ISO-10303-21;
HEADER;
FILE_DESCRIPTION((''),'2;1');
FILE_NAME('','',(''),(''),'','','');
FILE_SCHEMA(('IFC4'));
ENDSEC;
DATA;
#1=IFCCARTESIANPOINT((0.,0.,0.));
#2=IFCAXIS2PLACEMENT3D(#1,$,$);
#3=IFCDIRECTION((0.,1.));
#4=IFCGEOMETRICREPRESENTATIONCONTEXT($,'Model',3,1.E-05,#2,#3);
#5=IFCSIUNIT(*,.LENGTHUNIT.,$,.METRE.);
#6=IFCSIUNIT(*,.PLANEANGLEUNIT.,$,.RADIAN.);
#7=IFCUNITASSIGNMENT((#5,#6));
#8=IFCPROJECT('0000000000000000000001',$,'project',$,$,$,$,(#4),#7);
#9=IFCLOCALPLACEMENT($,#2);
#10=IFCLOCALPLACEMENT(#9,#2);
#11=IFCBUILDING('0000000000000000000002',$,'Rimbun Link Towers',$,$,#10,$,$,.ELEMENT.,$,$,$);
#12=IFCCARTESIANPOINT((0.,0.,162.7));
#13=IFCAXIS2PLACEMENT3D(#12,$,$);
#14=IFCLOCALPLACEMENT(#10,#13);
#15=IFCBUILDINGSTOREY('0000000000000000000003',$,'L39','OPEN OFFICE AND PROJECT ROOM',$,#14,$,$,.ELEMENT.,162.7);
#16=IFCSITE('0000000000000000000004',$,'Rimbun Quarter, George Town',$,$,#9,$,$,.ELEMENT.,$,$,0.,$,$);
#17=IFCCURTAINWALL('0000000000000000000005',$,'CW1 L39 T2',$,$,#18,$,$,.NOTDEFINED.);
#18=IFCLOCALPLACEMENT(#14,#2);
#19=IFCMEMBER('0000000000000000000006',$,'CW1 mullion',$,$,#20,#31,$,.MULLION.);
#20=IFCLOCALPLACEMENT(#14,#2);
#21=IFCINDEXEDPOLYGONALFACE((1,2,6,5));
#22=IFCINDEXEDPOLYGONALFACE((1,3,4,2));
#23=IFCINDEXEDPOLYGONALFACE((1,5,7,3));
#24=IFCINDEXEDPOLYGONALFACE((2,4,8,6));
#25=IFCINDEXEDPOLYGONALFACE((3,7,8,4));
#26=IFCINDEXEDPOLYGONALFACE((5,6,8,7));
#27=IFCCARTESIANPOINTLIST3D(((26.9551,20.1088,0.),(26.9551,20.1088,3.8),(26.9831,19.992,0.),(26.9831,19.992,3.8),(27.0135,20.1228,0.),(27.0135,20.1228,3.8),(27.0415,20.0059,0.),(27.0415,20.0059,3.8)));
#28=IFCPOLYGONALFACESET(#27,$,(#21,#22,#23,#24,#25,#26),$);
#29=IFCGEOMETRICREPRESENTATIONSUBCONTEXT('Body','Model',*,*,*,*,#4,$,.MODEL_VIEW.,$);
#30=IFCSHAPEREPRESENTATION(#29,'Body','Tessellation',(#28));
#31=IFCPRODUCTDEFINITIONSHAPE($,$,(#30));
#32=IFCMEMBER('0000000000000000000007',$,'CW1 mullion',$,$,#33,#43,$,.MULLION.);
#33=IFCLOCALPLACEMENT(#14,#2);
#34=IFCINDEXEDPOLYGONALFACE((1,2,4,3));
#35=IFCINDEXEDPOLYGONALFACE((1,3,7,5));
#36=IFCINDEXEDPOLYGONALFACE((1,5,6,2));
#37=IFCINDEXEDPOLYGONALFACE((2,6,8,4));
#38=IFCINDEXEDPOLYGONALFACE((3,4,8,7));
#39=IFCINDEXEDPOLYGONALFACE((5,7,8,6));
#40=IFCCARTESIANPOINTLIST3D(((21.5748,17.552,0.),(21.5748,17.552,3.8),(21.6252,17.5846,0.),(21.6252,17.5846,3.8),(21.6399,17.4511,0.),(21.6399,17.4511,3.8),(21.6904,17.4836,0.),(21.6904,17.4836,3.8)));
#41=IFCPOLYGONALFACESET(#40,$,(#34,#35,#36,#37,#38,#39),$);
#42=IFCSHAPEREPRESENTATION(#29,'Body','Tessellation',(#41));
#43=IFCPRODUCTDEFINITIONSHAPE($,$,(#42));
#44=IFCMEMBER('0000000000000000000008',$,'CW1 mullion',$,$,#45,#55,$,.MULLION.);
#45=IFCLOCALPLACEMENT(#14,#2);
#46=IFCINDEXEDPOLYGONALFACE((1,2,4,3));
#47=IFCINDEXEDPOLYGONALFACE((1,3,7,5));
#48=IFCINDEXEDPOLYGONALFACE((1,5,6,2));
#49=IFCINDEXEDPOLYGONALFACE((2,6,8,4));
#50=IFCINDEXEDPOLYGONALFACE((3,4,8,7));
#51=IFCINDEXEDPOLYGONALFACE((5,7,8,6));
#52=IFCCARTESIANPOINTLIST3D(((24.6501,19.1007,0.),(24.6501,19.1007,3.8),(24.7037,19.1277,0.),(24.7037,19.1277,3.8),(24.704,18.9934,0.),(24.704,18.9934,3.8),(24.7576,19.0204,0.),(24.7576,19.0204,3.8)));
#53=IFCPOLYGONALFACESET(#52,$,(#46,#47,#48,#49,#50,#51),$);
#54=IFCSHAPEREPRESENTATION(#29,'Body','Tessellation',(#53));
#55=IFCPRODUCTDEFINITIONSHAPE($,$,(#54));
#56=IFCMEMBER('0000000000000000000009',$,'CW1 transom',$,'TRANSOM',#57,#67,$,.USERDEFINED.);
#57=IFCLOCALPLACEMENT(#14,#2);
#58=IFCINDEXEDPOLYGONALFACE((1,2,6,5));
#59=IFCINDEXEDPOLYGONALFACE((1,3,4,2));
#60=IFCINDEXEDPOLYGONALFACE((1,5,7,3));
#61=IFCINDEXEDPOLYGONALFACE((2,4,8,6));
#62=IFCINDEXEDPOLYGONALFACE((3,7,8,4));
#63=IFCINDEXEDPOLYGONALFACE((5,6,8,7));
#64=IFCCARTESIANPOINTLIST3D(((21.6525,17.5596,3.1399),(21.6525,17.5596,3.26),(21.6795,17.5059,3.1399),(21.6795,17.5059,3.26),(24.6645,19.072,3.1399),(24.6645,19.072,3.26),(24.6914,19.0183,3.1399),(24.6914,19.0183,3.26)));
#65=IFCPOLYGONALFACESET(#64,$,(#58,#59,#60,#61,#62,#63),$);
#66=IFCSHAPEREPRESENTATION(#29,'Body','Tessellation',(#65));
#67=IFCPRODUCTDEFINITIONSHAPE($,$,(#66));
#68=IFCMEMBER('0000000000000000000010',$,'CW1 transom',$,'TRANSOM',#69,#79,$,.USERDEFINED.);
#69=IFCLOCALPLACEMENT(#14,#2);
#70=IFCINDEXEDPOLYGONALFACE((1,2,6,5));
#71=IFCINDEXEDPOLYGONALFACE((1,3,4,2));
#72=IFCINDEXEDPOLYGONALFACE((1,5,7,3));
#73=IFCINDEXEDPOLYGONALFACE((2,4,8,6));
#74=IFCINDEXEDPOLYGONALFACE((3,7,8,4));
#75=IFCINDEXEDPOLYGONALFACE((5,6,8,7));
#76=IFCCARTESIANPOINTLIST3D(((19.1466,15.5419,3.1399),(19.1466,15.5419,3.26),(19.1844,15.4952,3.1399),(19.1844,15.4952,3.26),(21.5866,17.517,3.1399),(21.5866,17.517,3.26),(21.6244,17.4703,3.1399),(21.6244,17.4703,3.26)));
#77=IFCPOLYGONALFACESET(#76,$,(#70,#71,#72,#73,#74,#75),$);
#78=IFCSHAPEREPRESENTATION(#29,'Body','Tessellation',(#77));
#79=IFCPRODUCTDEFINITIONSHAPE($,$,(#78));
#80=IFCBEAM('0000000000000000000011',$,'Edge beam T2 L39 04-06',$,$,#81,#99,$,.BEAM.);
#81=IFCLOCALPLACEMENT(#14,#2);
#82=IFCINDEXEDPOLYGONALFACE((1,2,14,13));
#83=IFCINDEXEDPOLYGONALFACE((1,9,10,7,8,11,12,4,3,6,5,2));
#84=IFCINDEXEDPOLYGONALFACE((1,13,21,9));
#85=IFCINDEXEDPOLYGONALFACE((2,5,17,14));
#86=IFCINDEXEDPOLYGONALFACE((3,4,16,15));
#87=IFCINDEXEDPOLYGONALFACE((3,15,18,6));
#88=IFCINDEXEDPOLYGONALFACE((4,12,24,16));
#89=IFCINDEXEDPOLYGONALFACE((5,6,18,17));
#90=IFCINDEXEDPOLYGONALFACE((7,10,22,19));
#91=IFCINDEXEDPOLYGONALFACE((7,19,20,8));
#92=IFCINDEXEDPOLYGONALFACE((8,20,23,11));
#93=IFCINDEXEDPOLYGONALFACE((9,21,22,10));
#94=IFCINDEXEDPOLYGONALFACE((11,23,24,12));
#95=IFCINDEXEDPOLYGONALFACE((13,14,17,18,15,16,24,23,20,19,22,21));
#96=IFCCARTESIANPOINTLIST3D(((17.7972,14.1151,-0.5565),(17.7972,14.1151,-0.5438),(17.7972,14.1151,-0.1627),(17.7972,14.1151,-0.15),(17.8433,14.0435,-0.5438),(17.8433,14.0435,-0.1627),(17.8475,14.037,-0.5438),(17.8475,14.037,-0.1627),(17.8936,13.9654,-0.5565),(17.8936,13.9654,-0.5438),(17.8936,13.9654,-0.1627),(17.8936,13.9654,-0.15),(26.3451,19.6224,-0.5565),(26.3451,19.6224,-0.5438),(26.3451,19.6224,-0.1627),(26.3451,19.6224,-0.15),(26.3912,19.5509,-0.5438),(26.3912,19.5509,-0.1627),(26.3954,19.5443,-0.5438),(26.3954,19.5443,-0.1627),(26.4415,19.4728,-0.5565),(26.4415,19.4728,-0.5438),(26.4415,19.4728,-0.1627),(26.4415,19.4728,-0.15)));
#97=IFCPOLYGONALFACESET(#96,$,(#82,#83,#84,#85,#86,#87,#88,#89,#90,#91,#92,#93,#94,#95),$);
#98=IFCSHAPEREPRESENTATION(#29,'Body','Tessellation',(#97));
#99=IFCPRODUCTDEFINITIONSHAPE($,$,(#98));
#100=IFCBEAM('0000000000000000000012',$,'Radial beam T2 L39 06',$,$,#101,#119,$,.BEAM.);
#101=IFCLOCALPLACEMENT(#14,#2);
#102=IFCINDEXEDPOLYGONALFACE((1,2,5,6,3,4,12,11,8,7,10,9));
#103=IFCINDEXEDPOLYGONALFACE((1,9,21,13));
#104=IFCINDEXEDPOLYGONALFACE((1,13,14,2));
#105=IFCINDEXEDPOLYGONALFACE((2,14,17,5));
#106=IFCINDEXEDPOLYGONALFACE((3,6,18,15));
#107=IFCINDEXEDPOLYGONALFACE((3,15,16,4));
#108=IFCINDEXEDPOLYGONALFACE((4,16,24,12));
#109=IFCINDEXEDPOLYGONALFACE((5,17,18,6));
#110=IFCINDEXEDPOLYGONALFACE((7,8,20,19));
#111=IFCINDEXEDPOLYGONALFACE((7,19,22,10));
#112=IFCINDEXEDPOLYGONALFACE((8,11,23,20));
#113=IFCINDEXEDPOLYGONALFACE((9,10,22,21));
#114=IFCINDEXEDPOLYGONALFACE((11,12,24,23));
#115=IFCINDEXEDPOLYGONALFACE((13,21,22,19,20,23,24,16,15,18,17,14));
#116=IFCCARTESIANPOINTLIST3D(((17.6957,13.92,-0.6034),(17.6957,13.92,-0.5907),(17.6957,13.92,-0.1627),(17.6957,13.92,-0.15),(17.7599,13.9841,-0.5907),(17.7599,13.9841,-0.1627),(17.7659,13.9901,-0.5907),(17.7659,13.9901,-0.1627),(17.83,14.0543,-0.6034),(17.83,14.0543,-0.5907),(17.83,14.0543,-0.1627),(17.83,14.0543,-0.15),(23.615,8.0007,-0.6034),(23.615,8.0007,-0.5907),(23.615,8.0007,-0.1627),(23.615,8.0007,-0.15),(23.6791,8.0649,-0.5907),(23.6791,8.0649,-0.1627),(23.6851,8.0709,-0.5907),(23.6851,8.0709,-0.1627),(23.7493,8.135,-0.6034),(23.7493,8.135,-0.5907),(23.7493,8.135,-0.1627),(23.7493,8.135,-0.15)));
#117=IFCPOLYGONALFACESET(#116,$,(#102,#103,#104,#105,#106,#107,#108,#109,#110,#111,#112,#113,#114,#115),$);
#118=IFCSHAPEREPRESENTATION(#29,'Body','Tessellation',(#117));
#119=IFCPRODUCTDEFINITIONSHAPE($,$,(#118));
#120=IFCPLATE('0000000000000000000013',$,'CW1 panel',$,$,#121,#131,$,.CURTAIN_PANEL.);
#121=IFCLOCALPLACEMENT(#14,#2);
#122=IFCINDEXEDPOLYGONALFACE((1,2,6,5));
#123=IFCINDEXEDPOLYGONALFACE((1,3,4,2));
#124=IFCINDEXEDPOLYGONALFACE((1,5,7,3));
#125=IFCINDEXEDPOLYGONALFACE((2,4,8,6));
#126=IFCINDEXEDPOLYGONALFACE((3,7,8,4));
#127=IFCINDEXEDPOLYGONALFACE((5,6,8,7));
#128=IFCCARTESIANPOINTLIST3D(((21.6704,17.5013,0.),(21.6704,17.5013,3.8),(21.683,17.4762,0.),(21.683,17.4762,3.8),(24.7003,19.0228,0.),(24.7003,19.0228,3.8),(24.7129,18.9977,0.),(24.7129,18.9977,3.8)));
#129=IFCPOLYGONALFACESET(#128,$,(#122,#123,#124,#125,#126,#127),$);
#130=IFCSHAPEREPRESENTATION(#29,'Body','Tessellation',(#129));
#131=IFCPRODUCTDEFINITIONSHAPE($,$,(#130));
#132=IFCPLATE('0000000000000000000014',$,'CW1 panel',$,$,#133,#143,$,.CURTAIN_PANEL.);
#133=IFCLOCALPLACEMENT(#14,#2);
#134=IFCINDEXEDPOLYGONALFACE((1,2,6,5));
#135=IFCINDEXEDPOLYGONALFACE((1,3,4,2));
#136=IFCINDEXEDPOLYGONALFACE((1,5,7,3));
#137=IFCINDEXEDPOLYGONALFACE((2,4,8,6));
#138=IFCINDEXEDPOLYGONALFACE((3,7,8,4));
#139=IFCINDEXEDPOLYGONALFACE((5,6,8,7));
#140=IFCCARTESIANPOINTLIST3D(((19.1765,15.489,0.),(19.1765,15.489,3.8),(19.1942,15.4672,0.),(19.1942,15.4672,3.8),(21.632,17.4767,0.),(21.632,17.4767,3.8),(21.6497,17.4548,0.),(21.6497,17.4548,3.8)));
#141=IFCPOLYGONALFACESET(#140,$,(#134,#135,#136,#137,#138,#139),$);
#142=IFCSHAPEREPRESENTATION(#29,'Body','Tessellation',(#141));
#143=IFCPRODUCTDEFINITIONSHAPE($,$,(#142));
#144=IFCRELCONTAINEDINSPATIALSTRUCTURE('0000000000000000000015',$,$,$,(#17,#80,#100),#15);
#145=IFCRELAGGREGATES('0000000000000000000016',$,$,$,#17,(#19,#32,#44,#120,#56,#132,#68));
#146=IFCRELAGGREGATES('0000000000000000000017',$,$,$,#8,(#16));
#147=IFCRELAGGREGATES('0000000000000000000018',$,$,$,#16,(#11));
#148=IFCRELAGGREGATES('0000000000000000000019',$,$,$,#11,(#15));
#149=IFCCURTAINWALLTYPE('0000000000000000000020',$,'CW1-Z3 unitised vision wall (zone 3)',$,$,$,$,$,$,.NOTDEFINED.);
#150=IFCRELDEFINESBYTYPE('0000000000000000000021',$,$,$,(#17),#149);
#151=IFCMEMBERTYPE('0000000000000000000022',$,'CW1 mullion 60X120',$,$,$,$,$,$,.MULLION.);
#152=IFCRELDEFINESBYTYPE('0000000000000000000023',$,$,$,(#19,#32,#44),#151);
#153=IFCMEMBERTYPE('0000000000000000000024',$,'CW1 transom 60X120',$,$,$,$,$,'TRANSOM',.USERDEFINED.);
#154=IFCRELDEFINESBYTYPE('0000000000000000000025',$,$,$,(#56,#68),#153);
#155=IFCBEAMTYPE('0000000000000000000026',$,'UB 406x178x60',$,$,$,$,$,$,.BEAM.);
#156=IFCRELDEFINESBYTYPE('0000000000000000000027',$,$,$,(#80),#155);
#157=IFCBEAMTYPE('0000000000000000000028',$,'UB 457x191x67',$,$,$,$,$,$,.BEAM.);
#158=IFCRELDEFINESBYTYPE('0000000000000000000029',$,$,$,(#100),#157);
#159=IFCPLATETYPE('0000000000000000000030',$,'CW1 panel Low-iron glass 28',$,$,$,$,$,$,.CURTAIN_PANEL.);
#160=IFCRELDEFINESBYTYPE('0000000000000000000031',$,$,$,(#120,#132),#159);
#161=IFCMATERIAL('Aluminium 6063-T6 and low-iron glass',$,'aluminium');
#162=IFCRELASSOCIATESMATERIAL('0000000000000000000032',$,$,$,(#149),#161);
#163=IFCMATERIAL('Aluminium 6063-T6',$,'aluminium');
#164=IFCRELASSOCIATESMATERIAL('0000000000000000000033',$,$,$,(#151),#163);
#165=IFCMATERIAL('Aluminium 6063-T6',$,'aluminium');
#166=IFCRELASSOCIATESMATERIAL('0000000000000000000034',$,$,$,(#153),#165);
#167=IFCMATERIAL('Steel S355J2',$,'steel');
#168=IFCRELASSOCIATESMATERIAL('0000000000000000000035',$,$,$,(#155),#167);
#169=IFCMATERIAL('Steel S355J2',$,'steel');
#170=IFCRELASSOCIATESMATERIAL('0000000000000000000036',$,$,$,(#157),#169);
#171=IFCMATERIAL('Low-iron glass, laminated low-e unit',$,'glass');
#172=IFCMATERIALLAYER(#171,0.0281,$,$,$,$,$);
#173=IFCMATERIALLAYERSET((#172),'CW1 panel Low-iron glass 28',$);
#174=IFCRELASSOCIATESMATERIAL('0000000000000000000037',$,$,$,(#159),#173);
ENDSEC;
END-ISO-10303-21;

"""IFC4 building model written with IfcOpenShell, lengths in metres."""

from ifc_helpers import new_model, si_unit, direction, frame, origin, origin_2d, place, context, subcontext, project, spatial, rectangle, i_section, extrude, material, layer, layer_set, material_profile, profile_set, type_object, element, aggregate, save


model = new_model("IFC4")

# Units and contexts
model_context = context("Model", 3, precision=1e-05, world=origin(), true_north=direction((0.0, 1.0)))
body_context = subcontext(model_context, "Body", "Model", "MODEL_VIEW")
ifc_project = project(units=[si_unit("LENGTHUNIT", "METRE"), si_unit("PLANEANGLEUNIT", "RADIAN")], contexts=[model_context])

# Site, building, storey
site_placement = place(None, origin())
site = spatial("IfcSite", under=ifc_project, at=site_placement, Name="Rimbun Quarter, George Town", CompositionType="ELEMENT", RefElevation=0.0)
building_placement = place(site_placement, origin())
building = spatial("IfcBuilding", under=site, at=building_placement, Name="Rimbun Link Towers", CompositionType="ELEMENT")
storey_placement = place(building_placement, frame((0.0, 0.0, 162.7)))
storey = spatial("IfcBuildingStorey", under=building, at=storey_placement, Name="L39", Description="OPEN OFFICE AND PROJECT ROOM", CompositionType="ELEMENT", Elevation=162.7)

# Curtain wall, members
ifc_material_1 = material(Name="Aluminium 6063-T6 and low-iron glass", Category="aluminium")
curtain_wall_type = type_object("IfcCurtainWallType", Name="CW1-Z3 unitised vision wall (zone 3)", PredefinedType="NOTDEFINED", material=ifc_material_1)
curtain_wall_placement = place(storey_placement, origin())
curtain_wall = element("IfcCurtainWall", 1, at=curtain_wall_placement, inside=storey, type_object=curtain_wall_type, Name="CW1 L39 T2", PredefinedType="NOTDEFINED")
ifc_material_2 = material(Name="Aluminium 6063-T6", Category="aluminium")
ifc_material_profile_1 = material_profile(ifc_material_2, rectangle(XDim=0.1201, YDim=0.0601, at=origin_2d()), Name="MULLION 60X120")
ifc_profile_set_1 = profile_set([ifc_material_profile_1], Name="Aluminium 6063-T6")
member_type_1 = type_object("IfcMemberType", Name="CW1 mullion 60X120", PredefinedType="MULLION", material=ifc_profile_set_1)
member_1_placement = place(storey_placement, frame((26.9983, 20.0574, 0.0), z_axis=(0.0, 0.0, 1.0), x_axis=(-0.23261, 0.97257, 0.0)))
member_1 = element("IfcMember", 2, at=member_1_placement, type_object=member_type_1, Name="CW1 mullion", PredefinedType="MULLION", context=body_context, shape_type="SweptSolid", body=[
    extrude(rectangle(XDim=0.1201, YDim=0.0601, at=origin_2d()), origin(), (0.0, 0.0, 1.0), 3.8),
])
member_2_placement = place(storey_placement, frame((21.6326, 17.5178, 0.0), z_axis=(0.0, 0.0, 1.0), x_axis=(-0.5421, 0.840314, 0.0)))
member_2 = element("IfcMember", 3, at=member_2_placement, type_object=member_type_1, Name="CW1 mullion", PredefinedType="MULLION", context=body_context, shape_type="SweptSolid", body=[
    extrude(rectangle(XDim=0.1201, YDim=0.0601, at=origin_2d()), origin(), (0.0, 0.0, 1.0), 3.8),
])
member_3_placement = place(storey_placement, frame((24.7039, 19.0605, 0.0), z_axis=(0.0, 0.0, 1.0), x_axis=(-0.448766, 0.893649, 0.0)))
member_3 = element("IfcMember", 4, at=member_3_placement, type_object=member_type_1, Name="CW1 mullion", PredefinedType="MULLION", context=body_context, shape_type="SweptSolid", body=[
    extrude(rectangle(XDim=0.1201, YDim=0.0601, at=origin_2d()), origin(), (0.0, 0.0, 1.0), 3.8),
])
ifc_material_3 = material(Name="Aluminium 6063-T6", Category="aluminium")
ifc_material_profile_2 = material_profile(ifc_material_3, rectangle(XDim=0.0601, YDim=0.1201, at=origin_2d()), Name="TRANSOM 60X120")
ifc_profile_set_2 = profile_set([ifc_material_profile_2], Name="Aluminium 6063-T6")
member_type_2 = type_object("IfcMemberType", Name="CW1 transom 60X120", ElementType="TRANSOM", PredefinedType="USERDEFINED", material=ifc_profile_set_2)
member_4_placement = place(storey_placement, frame((21.666, 17.5327, 3.2), z_axis=(0.893658, 0.448749, 0.0), x_axis=(-0.448749, 0.893658, 0.0)))
member_4 = element("IfcMember", 5, at=member_4_placement, type_object=member_type_2, Name="CW1 transom", ObjectType="TRANSOM", PredefinedType="USERDEFINED", context=body_context, shape_type="SweptSolid", body=[
    extrude(rectangle(XDim=0.0601, YDim=0.1201, at=origin_2d()), origin(), (0.0, 0.0, 1.0), 3.3704),
])
member_5_placement = place(storey_placement, frame((19.1655, 15.5186, 3.2), z_axis=(0.777259, 0.62918, 0.0), x_axis=(-0.62918, 0.777259, 0.0)))
member_5 = element("IfcMember", 6, at=member_5_placement, type_object=member_type_2, Name="CW1 transom", ObjectType="TRANSOM", PredefinedType="USERDEFINED", context=body_context, shape_type="SweptSolid", body=[
    extrude(rectangle(XDim=0.0601, YDim=0.1201, at=origin_2d()), origin(), (0.0, 0.0, 1.0), 3.1392),
])

# Beams
ifc_material_4 = material(Name="Steel S355J2", Category="steel")
ifc_material_profile_3 = material_profile(ifc_material_4, i_section(OverallWidth=0.178, OverallDepth=0.4065, WebThickness=0.0078, FlangeThickness=0.0127, at=origin_2d()), Name="UB 406x178x60")
ifc_profile_set_3 = profile_set([ifc_material_profile_3], Name="Steel S355J2")
beam_type_1 = type_object("IfcBeamType", Name="UB 406x178x60", PredefinedType="BEAM", material=ifc_profile_set_3)
beam_1_placement = place(storey_placement, frame((26.3933, 19.5476, -0.3533), z_axis=(-0.840629, -0.541612, 0.0), x_axis=(0.541612, -0.840629, 0.0)))
element("IfcBeam", 7, at=beam_1_placement, inside=storey, type_object=beam_type_1, Name="Edge beam T2 L39 04-06", PredefinedType="BEAM", context=body_context, shape_type="SweptSolid", body=[
    extrude(i_section(OverallWidth=0.178, OverallDepth=0.4065, WebThickness=0.0078, FlangeThickness=0.0127, at=origin_2d()), origin(), (0.0, 0.0, 1.0), 10.1685),
])
ifc_material_5 = material(Name="Steel S355J2", Category="steel")
ifc_material_profile_4 = material_profile(ifc_material_5, i_section(OverallWidth=0.1899, OverallDepth=0.4534, WebThickness=0.0085, FlangeThickness=0.0127, at=origin_2d()), Name="UB 457x191x67")
ifc_profile_set_4 = profile_set([ifc_material_profile_4], Name="Steel S355J2")
beam_type_2 = type_object("IfcBeamType", Name="UB 457x191x67", PredefinedType="BEAM", material=ifc_profile_set_4)
beam_2_placement = place(storey_placement, frame((23.6821, 8.0679, -0.3767), z_axis=(-0.707107, 0.707107, 0.0), x_axis=(-0.707107, -0.707107, 0.0)))
element("IfcBeam", 8, at=beam_2_placement, inside=storey, type_object=beam_type_2, Name="Radial beam T2 L39 06", PredefinedType="BEAM", context=body_context, shape_type="SweptSolid", body=[
    extrude(i_section(OverallWidth=0.1899, OverallDepth=0.4534, WebThickness=0.0085, FlangeThickness=0.0127, at=origin_2d()), origin(), (0.0, 0.0, 1.0), 8.3711),
])

# Plates
ifc_material_6 = material(Name="Low-iron glass, laminated low-e unit", Category="glass")
ifc_layer_1 = layer(ifc_material_6, 0.0281)
ifc_layer_set_1 = layer_set([ifc_layer_1], Name="CW1 panel Low-iron glass 28")
plate_type = type_object("IfcPlateType", Name="CW1 panel Low-iron glass 28", PredefinedType="CURTAIN_PANEL", material=ifc_layer_set_1)
plate_1_placement = place(storey_placement, frame((23.1917, 18.2495, 0.0), z_axis=(0.0, 0.0, 1.0), x_axis=(0.893649, 0.448766, 0.0)))
plate_1 = element("IfcPlate", 9, at=plate_1_placement, type_object=plate_type, Name="CW1 panel", PredefinedType="CURTAIN_PANEL", context=body_context, shape_type="SweptSolid", body=[
    extrude(rectangle(XDim=3.3904, YDim=0.0281, at=origin_2d()), origin(), (0.0, 0.0, 1.0), 3.8),
])
plate_2_placement = place(storey_placement, frame((20.4131, 16.4719, 0.0), z_axis=(0.0, 0.0, 1.0), x_axis=(0.777269, 0.629169, 0.0)))
plate_2 = element("IfcPlate", 10, at=plate_2_placement, type_object=plate_type, Name="CW1 panel", PredefinedType="CURTAIN_PANEL", context=body_context, shape_type="SweptSolid", body=[
    extrude(rectangle(XDim=3.1592, YDim=0.0281, at=origin_2d()), origin(), (0.0, 0.0, 1.0), 3.8),
])
aggregate(curtain_wall, [member_1, member_2, member_3, plate_1, member_4, plate_2, member_5])

save(model, "model.ifc")
